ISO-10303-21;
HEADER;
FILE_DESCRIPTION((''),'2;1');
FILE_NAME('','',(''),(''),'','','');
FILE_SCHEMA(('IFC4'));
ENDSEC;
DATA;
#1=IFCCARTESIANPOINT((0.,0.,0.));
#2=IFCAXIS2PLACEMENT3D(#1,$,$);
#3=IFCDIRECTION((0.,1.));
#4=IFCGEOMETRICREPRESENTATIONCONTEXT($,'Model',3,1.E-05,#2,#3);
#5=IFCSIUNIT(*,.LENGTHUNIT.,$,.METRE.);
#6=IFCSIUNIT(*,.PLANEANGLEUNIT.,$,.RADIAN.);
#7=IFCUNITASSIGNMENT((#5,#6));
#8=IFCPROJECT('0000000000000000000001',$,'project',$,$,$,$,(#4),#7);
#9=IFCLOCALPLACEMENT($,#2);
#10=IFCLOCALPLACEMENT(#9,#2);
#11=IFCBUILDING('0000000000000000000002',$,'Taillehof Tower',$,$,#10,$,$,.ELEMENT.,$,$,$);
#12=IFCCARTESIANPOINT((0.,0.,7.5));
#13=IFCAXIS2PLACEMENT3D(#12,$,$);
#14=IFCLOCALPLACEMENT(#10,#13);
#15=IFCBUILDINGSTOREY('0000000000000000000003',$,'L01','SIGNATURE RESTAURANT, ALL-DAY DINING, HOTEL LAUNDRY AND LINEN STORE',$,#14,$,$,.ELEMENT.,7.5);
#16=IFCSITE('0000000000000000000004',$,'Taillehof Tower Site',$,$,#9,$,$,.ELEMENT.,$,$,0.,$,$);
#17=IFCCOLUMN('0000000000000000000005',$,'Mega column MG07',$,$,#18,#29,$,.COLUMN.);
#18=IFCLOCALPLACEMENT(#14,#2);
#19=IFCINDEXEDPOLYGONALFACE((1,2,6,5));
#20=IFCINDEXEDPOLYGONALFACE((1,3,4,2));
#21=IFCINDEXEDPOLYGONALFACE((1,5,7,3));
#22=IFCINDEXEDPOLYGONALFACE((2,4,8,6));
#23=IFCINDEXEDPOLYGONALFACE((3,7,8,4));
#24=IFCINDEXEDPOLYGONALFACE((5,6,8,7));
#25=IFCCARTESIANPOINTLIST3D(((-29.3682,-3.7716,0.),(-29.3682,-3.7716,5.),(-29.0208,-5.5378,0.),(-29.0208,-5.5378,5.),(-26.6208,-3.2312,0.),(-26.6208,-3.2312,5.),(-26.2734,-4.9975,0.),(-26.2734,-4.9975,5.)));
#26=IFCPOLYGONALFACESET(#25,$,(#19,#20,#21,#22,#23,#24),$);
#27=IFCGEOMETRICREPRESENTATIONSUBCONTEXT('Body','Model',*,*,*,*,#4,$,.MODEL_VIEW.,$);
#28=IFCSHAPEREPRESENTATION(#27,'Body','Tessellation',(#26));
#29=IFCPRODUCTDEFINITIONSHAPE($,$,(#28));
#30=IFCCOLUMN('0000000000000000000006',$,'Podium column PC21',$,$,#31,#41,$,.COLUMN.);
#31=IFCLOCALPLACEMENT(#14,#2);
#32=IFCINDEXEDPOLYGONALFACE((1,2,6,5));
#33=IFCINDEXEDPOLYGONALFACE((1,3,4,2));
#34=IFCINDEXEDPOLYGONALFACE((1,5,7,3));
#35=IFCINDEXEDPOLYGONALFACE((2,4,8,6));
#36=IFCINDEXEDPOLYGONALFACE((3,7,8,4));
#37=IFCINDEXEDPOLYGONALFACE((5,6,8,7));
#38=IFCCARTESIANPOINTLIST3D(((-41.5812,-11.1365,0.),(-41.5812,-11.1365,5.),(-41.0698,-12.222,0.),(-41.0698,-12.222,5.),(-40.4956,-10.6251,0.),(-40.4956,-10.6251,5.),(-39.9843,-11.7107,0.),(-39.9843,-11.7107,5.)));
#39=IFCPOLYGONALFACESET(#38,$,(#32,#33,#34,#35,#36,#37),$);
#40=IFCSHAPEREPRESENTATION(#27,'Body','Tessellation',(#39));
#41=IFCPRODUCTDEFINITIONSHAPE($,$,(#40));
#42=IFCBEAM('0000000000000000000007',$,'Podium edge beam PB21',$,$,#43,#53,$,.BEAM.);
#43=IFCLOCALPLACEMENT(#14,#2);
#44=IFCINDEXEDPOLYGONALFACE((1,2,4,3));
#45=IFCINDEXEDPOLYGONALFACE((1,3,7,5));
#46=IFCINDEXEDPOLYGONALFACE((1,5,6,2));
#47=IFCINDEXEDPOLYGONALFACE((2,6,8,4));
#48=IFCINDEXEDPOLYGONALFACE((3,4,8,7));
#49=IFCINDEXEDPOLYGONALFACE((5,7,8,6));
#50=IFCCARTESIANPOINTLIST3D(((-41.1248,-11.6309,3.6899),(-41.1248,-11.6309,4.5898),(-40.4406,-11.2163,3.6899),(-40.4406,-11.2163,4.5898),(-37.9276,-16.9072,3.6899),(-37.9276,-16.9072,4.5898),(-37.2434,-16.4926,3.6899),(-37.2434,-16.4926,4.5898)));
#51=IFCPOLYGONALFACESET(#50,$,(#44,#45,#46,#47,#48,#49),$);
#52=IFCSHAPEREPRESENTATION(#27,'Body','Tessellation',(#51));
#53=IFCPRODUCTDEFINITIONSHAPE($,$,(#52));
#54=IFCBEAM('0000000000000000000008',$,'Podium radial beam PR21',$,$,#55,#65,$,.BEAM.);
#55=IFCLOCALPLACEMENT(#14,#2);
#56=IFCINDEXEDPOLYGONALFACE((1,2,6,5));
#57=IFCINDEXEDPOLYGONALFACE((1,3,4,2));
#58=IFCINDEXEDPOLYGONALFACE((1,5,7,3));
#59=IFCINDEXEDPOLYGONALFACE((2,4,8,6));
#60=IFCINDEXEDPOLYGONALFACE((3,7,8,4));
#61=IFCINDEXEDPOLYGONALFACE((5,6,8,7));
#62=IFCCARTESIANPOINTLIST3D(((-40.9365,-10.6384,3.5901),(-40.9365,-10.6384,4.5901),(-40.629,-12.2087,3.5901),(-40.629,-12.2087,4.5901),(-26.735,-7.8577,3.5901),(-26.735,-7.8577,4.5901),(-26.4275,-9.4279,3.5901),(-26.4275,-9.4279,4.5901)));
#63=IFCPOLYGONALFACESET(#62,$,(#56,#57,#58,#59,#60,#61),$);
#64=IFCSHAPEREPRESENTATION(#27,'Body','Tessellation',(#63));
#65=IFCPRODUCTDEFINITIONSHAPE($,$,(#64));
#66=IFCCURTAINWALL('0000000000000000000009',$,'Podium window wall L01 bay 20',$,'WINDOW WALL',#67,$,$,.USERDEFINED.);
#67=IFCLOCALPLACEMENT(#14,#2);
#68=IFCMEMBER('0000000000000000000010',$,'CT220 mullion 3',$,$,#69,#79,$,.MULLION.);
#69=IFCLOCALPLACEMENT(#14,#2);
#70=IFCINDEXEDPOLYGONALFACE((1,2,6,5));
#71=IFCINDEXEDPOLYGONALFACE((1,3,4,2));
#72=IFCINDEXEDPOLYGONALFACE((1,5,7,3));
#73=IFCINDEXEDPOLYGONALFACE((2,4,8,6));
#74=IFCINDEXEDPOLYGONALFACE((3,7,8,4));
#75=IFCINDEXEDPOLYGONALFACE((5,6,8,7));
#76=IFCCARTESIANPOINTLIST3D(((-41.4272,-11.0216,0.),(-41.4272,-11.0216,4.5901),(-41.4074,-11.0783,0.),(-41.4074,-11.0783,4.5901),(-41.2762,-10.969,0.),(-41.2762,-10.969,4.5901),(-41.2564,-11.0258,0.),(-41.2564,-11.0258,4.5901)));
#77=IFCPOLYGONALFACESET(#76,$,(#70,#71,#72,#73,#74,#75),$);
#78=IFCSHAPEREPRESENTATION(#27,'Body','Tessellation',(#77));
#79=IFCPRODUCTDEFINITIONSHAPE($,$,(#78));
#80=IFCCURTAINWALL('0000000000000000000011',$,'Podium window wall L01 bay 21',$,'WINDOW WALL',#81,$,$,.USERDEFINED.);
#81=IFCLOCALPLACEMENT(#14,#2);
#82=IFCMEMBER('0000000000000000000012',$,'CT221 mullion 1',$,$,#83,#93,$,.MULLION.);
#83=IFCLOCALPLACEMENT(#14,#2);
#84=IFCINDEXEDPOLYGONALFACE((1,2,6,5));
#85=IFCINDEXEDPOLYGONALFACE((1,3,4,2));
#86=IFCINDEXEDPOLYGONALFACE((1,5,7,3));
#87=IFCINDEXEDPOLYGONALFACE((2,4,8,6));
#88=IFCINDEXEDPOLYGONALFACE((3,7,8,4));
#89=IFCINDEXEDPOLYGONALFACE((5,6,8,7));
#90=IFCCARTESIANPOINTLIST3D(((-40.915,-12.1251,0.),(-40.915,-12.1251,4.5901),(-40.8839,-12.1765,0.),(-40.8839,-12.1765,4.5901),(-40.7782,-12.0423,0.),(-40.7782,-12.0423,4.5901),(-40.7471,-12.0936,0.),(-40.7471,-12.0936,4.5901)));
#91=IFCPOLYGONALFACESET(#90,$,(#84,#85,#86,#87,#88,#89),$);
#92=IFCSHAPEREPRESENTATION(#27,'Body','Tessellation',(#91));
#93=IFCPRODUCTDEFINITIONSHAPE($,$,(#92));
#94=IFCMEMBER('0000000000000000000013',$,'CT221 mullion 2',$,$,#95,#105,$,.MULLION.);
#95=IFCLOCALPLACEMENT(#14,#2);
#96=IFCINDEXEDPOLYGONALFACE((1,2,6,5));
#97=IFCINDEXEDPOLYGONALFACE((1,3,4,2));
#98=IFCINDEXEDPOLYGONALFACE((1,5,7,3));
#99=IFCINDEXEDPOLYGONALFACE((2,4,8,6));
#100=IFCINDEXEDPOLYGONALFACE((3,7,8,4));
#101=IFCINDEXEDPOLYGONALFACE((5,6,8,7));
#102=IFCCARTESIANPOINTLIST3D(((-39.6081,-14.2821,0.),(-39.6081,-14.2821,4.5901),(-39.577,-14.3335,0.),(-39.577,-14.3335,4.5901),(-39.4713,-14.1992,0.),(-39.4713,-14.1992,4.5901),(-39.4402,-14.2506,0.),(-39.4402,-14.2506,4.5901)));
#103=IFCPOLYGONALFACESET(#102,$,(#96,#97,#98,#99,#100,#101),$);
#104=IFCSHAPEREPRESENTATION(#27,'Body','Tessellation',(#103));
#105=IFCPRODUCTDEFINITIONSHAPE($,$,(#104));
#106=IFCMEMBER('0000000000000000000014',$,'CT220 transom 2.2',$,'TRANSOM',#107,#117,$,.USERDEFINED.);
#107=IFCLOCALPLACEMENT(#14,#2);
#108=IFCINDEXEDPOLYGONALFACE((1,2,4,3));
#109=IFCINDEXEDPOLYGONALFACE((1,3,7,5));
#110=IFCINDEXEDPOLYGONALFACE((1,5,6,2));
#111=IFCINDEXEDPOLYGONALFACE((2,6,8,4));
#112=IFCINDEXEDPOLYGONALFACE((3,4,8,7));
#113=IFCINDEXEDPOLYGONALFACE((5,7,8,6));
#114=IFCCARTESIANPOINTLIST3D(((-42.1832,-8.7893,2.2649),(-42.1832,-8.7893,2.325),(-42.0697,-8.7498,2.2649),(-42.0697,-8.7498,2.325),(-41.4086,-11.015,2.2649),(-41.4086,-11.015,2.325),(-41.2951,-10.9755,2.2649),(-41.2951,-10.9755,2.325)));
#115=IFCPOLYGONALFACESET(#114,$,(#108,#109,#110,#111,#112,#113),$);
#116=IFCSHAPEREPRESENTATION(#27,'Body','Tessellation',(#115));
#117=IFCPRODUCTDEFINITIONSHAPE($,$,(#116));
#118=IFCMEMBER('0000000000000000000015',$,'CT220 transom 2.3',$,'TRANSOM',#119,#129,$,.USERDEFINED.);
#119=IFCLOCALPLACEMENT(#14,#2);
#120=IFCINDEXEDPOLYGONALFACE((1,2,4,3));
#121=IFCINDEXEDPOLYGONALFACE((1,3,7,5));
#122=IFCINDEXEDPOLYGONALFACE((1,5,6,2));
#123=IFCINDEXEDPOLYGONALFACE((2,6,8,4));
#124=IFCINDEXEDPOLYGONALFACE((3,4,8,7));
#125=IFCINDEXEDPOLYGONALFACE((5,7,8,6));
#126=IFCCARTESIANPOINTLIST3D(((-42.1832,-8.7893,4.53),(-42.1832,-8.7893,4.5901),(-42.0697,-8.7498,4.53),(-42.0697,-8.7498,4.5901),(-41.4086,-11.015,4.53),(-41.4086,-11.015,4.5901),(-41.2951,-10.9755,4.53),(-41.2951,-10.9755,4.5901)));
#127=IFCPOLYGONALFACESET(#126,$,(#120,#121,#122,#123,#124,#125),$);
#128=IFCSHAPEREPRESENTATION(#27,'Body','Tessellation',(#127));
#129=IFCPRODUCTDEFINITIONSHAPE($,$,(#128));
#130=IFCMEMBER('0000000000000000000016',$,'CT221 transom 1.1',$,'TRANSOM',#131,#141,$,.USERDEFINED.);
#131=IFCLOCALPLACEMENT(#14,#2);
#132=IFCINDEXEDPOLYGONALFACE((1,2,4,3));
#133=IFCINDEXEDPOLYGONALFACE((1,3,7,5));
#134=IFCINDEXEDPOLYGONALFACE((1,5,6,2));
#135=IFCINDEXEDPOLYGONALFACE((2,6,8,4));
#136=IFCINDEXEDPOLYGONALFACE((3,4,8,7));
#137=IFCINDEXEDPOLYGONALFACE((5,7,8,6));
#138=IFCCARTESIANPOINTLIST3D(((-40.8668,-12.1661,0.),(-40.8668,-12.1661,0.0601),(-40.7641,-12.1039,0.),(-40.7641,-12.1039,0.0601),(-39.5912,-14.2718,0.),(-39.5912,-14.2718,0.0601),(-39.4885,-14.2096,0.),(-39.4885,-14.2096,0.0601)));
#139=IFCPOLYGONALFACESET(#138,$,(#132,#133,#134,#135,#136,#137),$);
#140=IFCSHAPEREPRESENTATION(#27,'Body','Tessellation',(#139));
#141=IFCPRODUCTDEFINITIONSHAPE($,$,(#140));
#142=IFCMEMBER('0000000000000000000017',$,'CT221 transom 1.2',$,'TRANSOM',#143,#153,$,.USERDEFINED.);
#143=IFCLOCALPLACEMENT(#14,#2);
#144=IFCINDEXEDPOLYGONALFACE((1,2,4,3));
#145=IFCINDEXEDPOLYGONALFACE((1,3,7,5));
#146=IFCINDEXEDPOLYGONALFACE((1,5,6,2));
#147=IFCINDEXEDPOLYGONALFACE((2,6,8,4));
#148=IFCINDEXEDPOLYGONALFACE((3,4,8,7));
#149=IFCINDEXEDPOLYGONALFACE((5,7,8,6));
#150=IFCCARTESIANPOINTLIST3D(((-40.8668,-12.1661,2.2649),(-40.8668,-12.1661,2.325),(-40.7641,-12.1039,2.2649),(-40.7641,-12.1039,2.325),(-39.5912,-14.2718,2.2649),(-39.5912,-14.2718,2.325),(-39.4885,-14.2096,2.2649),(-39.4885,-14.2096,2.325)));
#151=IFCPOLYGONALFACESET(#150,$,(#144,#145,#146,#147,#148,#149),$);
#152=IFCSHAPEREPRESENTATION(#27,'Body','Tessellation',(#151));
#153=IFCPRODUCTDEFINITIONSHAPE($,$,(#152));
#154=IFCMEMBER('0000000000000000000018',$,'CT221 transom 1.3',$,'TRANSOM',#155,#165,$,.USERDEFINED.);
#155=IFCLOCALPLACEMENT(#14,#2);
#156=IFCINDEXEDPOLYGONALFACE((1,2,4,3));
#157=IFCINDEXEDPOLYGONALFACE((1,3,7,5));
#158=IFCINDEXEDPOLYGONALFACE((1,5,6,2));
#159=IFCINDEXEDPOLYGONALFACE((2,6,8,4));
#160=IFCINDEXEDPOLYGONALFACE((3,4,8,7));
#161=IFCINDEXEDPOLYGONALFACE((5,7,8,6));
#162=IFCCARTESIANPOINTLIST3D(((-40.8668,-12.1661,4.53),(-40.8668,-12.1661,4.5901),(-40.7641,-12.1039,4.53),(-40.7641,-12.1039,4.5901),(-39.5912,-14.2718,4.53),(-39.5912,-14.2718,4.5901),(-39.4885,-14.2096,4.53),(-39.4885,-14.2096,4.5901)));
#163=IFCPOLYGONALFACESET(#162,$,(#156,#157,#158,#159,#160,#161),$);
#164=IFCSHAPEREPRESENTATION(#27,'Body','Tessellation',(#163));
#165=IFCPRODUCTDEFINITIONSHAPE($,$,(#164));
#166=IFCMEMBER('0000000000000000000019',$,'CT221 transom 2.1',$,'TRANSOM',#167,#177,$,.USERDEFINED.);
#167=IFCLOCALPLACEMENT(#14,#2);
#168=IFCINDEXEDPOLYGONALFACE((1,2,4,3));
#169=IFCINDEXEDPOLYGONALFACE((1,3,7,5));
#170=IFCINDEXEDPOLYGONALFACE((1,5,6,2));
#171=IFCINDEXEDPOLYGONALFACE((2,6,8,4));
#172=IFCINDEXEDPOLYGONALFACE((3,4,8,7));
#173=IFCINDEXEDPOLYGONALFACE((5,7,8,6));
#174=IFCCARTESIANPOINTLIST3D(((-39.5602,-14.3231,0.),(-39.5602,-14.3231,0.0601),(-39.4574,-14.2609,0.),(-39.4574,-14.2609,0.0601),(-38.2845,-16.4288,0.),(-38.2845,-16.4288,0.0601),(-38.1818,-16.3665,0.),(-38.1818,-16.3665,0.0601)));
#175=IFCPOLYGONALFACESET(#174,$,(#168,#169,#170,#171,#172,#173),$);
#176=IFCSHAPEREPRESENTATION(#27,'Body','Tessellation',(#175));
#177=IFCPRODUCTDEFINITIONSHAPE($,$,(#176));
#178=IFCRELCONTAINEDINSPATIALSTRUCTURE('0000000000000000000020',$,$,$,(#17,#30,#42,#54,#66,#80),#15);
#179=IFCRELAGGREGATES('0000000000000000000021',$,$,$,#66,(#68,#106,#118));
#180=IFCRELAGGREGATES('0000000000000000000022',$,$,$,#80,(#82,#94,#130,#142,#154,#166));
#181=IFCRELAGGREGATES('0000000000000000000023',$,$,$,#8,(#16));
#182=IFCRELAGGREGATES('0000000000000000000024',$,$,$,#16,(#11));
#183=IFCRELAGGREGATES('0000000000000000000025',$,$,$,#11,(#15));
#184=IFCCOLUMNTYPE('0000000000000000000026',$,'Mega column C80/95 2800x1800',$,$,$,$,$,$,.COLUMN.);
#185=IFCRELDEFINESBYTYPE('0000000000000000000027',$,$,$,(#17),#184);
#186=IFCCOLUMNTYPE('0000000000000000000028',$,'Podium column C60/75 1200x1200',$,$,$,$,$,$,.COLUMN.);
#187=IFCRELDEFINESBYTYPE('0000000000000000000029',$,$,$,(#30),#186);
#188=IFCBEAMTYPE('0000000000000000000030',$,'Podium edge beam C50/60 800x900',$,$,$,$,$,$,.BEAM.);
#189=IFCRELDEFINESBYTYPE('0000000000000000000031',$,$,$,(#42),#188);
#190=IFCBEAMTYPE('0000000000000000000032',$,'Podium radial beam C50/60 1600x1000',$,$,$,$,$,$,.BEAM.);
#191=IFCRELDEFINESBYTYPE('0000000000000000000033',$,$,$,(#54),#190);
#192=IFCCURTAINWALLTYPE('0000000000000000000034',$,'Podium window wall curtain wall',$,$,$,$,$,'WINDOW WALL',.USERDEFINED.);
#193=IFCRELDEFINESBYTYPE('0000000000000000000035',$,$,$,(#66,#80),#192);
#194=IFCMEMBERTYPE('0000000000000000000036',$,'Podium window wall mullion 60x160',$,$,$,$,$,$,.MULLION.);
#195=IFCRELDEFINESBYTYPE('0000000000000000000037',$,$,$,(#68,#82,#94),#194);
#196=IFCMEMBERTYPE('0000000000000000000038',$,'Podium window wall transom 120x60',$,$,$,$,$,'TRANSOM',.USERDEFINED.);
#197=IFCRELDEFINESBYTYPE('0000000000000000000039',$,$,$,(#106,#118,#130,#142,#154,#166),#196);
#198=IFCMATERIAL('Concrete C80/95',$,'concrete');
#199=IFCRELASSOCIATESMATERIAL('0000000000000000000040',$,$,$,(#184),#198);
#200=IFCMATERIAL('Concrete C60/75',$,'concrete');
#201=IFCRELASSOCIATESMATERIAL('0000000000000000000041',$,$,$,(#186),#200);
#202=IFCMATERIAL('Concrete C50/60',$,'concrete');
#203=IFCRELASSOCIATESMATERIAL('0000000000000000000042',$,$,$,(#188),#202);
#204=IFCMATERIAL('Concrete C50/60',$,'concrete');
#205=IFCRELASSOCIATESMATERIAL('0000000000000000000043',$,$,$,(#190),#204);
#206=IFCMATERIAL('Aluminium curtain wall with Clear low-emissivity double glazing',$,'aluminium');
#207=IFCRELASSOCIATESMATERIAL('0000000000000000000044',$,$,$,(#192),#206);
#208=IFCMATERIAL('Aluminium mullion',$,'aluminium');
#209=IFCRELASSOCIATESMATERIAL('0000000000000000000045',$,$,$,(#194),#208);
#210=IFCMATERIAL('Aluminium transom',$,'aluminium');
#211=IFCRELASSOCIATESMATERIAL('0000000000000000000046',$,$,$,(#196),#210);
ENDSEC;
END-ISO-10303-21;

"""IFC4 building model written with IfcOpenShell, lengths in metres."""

from ifc_helpers import new_model, si_unit, direction, frame, origin, origin_2d, place, context, subcontext, project, spatial, rectangle, extrude, material, material_profile, profile_set, type_object, element, aggregate, save


model = new_model("IFC4")

# Units and contexts
model_context = context("Model", 3, precision=1e-05, world=origin(), true_north=direction((0.0, 1.0)))
body_context = subcontext(model_context, "Body", "Model", "MODEL_VIEW")
ifc_project = project(units=[si_unit("LENGTHUNIT", "METRE"), si_unit("PLANEANGLEUNIT", "RADIAN")], contexts=[model_context])

# Site, building, storey
site_placement = place(None, origin())
site = spatial("IfcSite", under=ifc_project, at=site_placement, Name="Taillehof Tower Site", CompositionType="ELEMENT", RefElevation=0.0)
building_placement = place(site_placement, origin())
building = spatial("IfcBuilding", under=site, at=building_placement, Name="Taillehof Tower", CompositionType="ELEMENT")
storey_placement = place(building_placement, frame((0.0, 0.0, 7.5)))
storey = spatial("IfcBuildingStorey", under=building, at=storey_placement, Name="L01", Description="SIGNATURE RESTAURANT, ALL-DAY DINING, HOTEL LAUNDRY AND LINEN STORE", CompositionType="ELEMENT", Elevation=7.5)

# Columns
ifc_material_1 = material(Name="Concrete C80/95", Category="concrete")
ifc_material_profile_1 = material_profile(ifc_material_1, rectangle(XDim=2.8, YDim=1.8, at=origin_2d()), Name="RC 2800x1800")
ifc_profile_set_1 = profile_set([ifc_material_profile_1], Name="Concrete C80/95")
column_type_1 = type_object("IfcColumnType", Name="Mega column C80/95 2800x1800", PredefinedType="COLUMN", material=ifc_profile_set_1)
column_1_placement = place(storey_placement, frame((-27.8208, -4.3845, 0.0), z_axis=(0.0, 0.0, 1.0), x_axis=(-0.981204, -0.192976, 0.0)))
element("IfcColumn", 1, at=column_1_placement, inside=storey, type_object=column_type_1, Name="Mega column MG07", PredefinedType="COLUMN", context=body_context, shape_type="SweptSolid", body=[
    extrude(rectangle(XDim=2.8, YDim=1.8, at=origin_2d()), origin(), (0.0, 0.0, 1.0), 5.0),
])
ifc_material_2 = material(Name="Concrete C60/75", Category="concrete")
ifc_material_profile_2 = material_profile(ifc_material_2, rectangle(XDim=1.2, YDim=1.2, at=origin_2d()), Name="RC 1200x1200")
ifc_profile_set_2 = profile_set([ifc_material_profile_2], Name="Concrete C60/75")
column_type_2 = type_object("IfcColumnType", Name="Podium column C60/75 1200x1200", PredefinedType="COLUMN", material=ifc_profile_set_2)
column_2_placement = place(storey_placement, frame((-40.7827, -11.4236, 0.0), z_axis=(0.0, 0.0, 1.0), x_axis=(-0.904668, -0.426117, 0.0)))
element("IfcColumn", 2, at=column_2_placement, inside=storey, type_object=column_type_2, Name="Podium column PC21", PredefinedType="COLUMN", context=body_context, shape_type="SweptSolid", body=[
    extrude(rectangle(XDim=1.2, YDim=1.2, at=origin_2d()), origin(), (0.0, 0.0, 1.0), 5.0),
])

# Beams
ifc_material_3 = material(Name="Concrete C50/60", Category="concrete")
ifc_material_profile_3 = material_profile(ifc_material_3, rectangle(XDim=0.8, YDim=0.8999, at=origin_2d()), Name="RC 800x900")
ifc_profile_set_3 = profile_set([ifc_material_profile_3], Name="Concrete C50/60")
beam_type_1 = type_object("IfcBeamType", Name="Podium edge beam C50/60 800x900", PredefinedType="BEAM", material=ifc_profile_set_3)
beam_1_placement = place(storey_placement, frame((-40.7827, -11.4236, 4.1399), z_axis=(0.518239, -0.855236, 0.0), x_axis=(0.855236, 0.518239, 0.0)))
element("IfcBeam", 3, at=beam_1_placement, inside=storey, type_object=beam_type_1, Name="Podium edge beam PB21", PredefinedType="BEAM", context=body_context, shape_type="SweptSolid", body=[
    extrude(rectangle(XDim=0.8, YDim=0.8999, at=origin_2d()), origin(), (0.0, 0.0, 1.0), 6.1694),
])
ifc_material_4 = material(Name="Concrete C50/60", Category="concrete")
ifc_material_profile_4 = material_profile(ifc_material_4, rectangle(XDim=1.6001, YDim=1.0, at=origin_2d()), Name="RC 1600x1000")
ifc_profile_set_4 = profile_set([ifc_material_profile_4], Name="Concrete C50/60")
beam_type_2 = type_object("IfcBeamType", Name="Podium radial beam C50/60 1600x1000", PredefinedType="BEAM", material=ifc_profile_set_4)
beam_2_placement = place(storey_placement, frame((-40.7827, -11.4236, 4.0901), z_axis=(0.981364, 0.19216, 0.0), x_axis=(-0.19216, 0.981364, 0.0)))
element("IfcBeam", 4, at=beam_2_placement, inside=storey, type_object=beam_type_2, Name="Podium radial beam PR21", PredefinedType="BEAM", context=body_context, shape_type="SweptSolid", body=[
    extrude(rectangle(XDim=1.6001, YDim=1.0, at=origin_2d()), origin(), (0.0, 0.0, 1.0), 14.4712),
])

# Curtain wall, member
ifc_material_5 = material(Name="Aluminium curtain wall with Clear low-emissivity double glazing", Category="aluminium")
curtain_wall_type = type_object("IfcCurtainWallType", Name="Podium window wall curtain wall", ElementType="WINDOW WALL", PredefinedType="USERDEFINED", material=ifc_material_5)
curtain_wall_1_placement = place(storey_placement, origin())
curtain_wall_1 = element("IfcCurtainWall", 5, at=curtain_wall_1_placement, inside=storey, type_object=curtain_wall_type, Name="Podium window wall L01 bay 20", ObjectType="WINDOW WALL", PredefinedType="USERDEFINED")
ifc_material_6 = material(Name="Aluminium mullion", Category="aluminium")
ifc_material_profile_5 = material_profile(ifc_material_6, rectangle(XDim=0.1599, YDim=0.0601, at=origin_2d()), Name="AL 60x160")
ifc_profile_set_5 = profile_set([ifc_material_profile_5], Name="Aluminium mullion")
member_type_1 = type_object("IfcMemberType", Name="Podium window wall mullion 60x160", PredefinedType="MULLION", material=ifc_profile_set_5)
member_1_placement = place(storey_placement, frame((-41.3418, -11.0237, 0.0), z_axis=(0.0, 0.0, 1.0), x_axis=(0.944414, 0.328758, 0.0)))
member_1 = element("IfcMember", 6, at=member_1_placement, type_object=member_type_1, Name="CT220 mullion 3", PredefinedType="MULLION", context=body_context, shape_type="SweptSolid", body=[
    extrude(rectangle(XDim=0.1599, YDim=0.0601, at=origin_2d()), origin(), (0.0, 0.0, 1.0), 4.5901),
])

# Curtain wall, members
curtain_wall_2_placement = place(storey_placement, origin())
curtain_wall_2 = element("IfcCurtainWall", 7, at=curtain_wall_2_placement, inside=storey, type_object=curtain_wall_type, Name="Podium window wall L01 bay 21", ObjectType="WINDOW WALL", PredefinedType="USERDEFINED")
member_2_placement = place(storey_placement, frame((-40.8311, -12.1094, 0.0), z_axis=(0.0, 0.0, 1.0), x_axis=(0.855289, 0.518151, 0.0)))
member_2 = element("IfcMember", 8, at=member_2_placement, type_object=member_type_1, Name="CT221 mullion 1", PredefinedType="MULLION", context=body_context, shape_type="SweptSolid", body=[
    extrude(rectangle(XDim=0.1599, YDim=0.0601, at=origin_2d()), origin(), (0.0, 0.0, 1.0), 4.5901),
])
member_3_placement = place(storey_placement, frame((-39.5242, -14.2664, 0.0), z_axis=(0.0, 0.0, 1.0), x_axis=(0.855289, 0.518151, 0.0)))
member_3 = element("IfcMember", 9, at=member_3_placement, type_object=member_type_1, Name="CT221 mullion 2", PredefinedType="MULLION", context=body_context, shape_type="SweptSolid", body=[
    extrude(rectangle(XDim=0.1599, YDim=0.0601, at=origin_2d()), origin(), (0.0, 0.0, 1.0), 4.5901),
])

# Members
ifc_material_7 = material(Name="Aluminium transom", Category="aluminium")
ifc_material_profile_6 = material_profile(ifc_material_7, rectangle(XDim=0.1201, YDim=0.0601, at=origin_2d()), Name="AL 120x60")
ifc_profile_set_6 = profile_set([ifc_material_profile_6], Name="Aluminium transom")
member_type_2 = type_object("IfcMemberType", Name="Podium window wall transom 120x60", ElementType="TRANSOM", PredefinedType="USERDEFINED", material=ifc_profile_set_6)
member_4_placement = place(storey_placement, frame((-42.1265, -8.7695, 2.2949), z_axis=(0.328693, -0.944437, 0.0), x_axis=(0.944437, 0.328693, 0.0)))
member_4 = element("IfcMember", 10, at=member_4_placement, type_object=member_type_2, Name="CT220 transom 2.2", ObjectType="TRANSOM", PredefinedType="USERDEFINED", context=body_context, shape_type="SweptSolid", body=[
    extrude(rectangle(XDim=0.1201, YDim=0.0601, at=origin_2d()), origin(), (0.0, 0.0, 1.0), 2.3567),
])
member_5_placement = place(storey_placement, frame((-42.1265, -8.7695, 4.5601), z_axis=(0.328693, -0.944437, 0.0), x_axis=(0.944437, 0.328693, 0.0)))
member_5 = element("IfcMember", 11, at=member_5_placement, type_object=member_type_2, Name="CT220 transom 2.3", ObjectType="TRANSOM", PredefinedType="USERDEFINED", context=body_context, shape_type="SweptSolid", body=[
    extrude(rectangle(XDim=0.1201, YDim=0.0601, at=origin_2d()), origin(), (0.0, 0.0, 1.0), 2.3567),
])
member_6_placement = place(storey_placement, frame((-40.8154, -12.135, 0.03), z_axis=(0.518137, -0.855298, 0.0), x_axis=(0.855298, 0.518137, 0.0)))
member_6 = element("IfcMember", 12, at=member_6_placement, type_object=member_type_2, Name="CT221 transom 1.1", ObjectType="TRANSOM", PredefinedType="USERDEFINED", context=body_context, shape_type="SweptSolid", body=[
    extrude(rectangle(XDim=0.1201, YDim=0.0601, at=origin_2d()), origin(), (0.0, 0.0, 1.0), 2.4619),
])
member_7_placement = place(storey_placement, frame((-40.8154, -12.135, 2.2949), z_axis=(0.518137, -0.855298, 0.0), x_axis=(0.855298, 0.518137, 0.0)))
member_7 = element("IfcMember", 13, at=member_7_placement, type_object=member_type_2, Name="CT221 transom 1.2", ObjectType="TRANSOM", PredefinedType="USERDEFINED", context=body_context, shape_type="SweptSolid", body=[
    extrude(rectangle(XDim=0.1201, YDim=0.0601, at=origin_2d()), origin(), (0.0, 0.0, 1.0), 2.4619),
])
member_8_placement = place(storey_placement, frame((-40.8154, -12.135, 4.5601), z_axis=(0.518137, -0.855298, 0.0), x_axis=(0.855298, 0.518137, 0.0)))
member_8 = element("IfcMember", 14, at=member_8_placement, type_object=member_type_2, Name="CT221 transom 1.3", ObjectType="TRANSOM", PredefinedType="USERDEFINED", context=body_context, shape_type="SweptSolid", body=[
    extrude(rectangle(XDim=0.1201, YDim=0.0601, at=origin_2d()), origin(), (0.0, 0.0, 1.0), 2.4619),
])
member_9_placement = place(storey_placement, frame((-39.5088, -14.292, 0.03), z_axis=(0.518137, -0.855298, 0.0), x_axis=(0.855298, 0.518137, 0.0)))
member_9 = element("IfcMember", 15, at=member_9_placement, type_object=member_type_2, Name="CT221 transom 2.1", ObjectType="TRANSOM", PredefinedType="USERDEFINED", context=body_context, shape_type="SweptSolid", body=[
    extrude(rectangle(XDim=0.1201, YDim=0.0601, at=origin_2d()), origin(), (0.0, 0.0, 1.0), 2.4619),
])

aggregate(curtain_wall_1, [member_1, member_4, member_5])
aggregate(curtain_wall_2, [member_2, member_3, member_6, member_7, member_8, member_9])

save(model, "model.ifc")
